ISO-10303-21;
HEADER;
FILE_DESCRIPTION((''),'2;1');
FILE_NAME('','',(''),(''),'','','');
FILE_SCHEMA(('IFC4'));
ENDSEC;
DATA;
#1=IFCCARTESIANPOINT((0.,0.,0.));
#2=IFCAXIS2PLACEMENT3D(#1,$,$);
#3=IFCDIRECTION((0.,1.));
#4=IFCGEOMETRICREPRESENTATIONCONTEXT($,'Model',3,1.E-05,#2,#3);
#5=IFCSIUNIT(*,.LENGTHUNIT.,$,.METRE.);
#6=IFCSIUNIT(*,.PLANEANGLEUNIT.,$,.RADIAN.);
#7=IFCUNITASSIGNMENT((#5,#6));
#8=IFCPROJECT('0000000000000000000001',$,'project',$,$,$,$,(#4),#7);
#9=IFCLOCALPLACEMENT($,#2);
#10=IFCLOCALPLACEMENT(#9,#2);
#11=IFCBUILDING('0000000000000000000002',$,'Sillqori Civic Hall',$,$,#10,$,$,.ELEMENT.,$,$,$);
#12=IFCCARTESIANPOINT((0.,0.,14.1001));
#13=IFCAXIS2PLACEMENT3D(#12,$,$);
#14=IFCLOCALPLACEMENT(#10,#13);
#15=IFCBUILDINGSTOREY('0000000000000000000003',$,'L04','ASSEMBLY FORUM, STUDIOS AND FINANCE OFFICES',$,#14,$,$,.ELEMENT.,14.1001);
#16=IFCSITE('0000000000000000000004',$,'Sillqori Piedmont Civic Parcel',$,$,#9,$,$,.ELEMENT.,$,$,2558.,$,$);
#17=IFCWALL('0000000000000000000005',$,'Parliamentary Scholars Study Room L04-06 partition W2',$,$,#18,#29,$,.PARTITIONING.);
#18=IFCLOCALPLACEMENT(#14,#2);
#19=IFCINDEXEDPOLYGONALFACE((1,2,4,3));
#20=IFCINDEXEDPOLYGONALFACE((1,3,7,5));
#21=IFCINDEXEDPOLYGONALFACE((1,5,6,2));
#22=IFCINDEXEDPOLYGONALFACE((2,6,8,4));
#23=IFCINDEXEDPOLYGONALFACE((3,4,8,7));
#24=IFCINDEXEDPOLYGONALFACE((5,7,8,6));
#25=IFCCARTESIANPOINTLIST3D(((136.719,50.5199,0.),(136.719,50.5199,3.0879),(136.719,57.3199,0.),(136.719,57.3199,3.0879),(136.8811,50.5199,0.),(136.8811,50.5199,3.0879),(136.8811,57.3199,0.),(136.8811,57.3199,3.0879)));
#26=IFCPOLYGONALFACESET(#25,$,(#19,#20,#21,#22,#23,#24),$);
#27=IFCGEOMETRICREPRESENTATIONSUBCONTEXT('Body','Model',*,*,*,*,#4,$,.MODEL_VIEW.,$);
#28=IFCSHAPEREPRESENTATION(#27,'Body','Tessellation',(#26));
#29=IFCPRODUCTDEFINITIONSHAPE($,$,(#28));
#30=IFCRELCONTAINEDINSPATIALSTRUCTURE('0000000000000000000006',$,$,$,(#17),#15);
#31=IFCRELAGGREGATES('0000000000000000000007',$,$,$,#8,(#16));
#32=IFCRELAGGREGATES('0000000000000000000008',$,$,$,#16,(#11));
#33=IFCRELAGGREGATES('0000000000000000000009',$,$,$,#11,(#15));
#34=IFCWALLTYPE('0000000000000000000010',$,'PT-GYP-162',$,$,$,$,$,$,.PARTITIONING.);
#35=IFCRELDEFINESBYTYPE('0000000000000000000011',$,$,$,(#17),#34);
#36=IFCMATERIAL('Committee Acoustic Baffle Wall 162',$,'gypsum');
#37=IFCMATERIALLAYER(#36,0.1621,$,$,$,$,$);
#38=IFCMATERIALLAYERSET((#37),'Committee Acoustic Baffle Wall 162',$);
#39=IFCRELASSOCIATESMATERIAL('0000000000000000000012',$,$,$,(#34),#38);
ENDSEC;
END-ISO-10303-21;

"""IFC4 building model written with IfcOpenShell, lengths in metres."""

from ifc_helpers import new_model, si_unit, direction, frame, frame_2d, origin, place, context, subcontext, project, spatial, rectangle, extrude, material, layer, layer_set, type_object, element, save


model = new_model("IFC4")

# Units and contexts
model_context = context("Model", 3, precision=1e-05, world=origin(), true_north=direction((0.0, 1.0)))
body_context = subcontext(model_context, "Body", "Model", "MODEL_VIEW")
ifc_project = project(units=[si_unit("LENGTHUNIT", "METRE"), si_unit("PLANEANGLEUNIT", "RADIAN")], contexts=[model_context])

# Site, building, storey
site_placement = place(None, origin())
site = spatial("IfcSite", under=ifc_project, at=site_placement, Name="Sillqori Piedmont Civic Parcel", CompositionType="ELEMENT", RefElevation=2558.0)
building_placement = place(site_placement, origin())
building = spatial("IfcBuilding", under=site, at=building_placement, Name="Sillqori Civic Hall", CompositionType="ELEMENT")
storey_placement = place(building_placement, frame((0.0, 0.0, 14.1001)))
storey = spatial("IfcBuildingStorey", under=building, at=storey_placement, Name="L04", Description="ASSEMBLY FORUM, STUDIOS AND FINANCE OFFICES", CompositionType="ELEMENT", Elevation=14.1001)

# Wall
ifc_material_1 = material(Name="Committee Acoustic Baffle Wall 162", Category="gypsum")
ifc_layer_1 = layer(ifc_material_1, 0.1621)
ifc_layer_set_1 = layer_set([ifc_layer_1], Name="Committee Acoustic Baffle Wall 162")
wall_type = type_object("IfcWallType", Name="PT-GYP-162", PredefinedType="PARTITIONING", material=ifc_layer_set_1)
wall_placement = place(storey_placement, frame((136.8, 50.52, 0.0), z_axis=(0.0, 0.0, 1.0), x_axis=(0.0, 1.0, 0.0)))
element("IfcWall", 1, at=wall_placement, inside=storey, type_object=wall_type, Name="Parliamentary Scholars Study Room L04-06 partition W2", PredefinedType="PARTITIONING", context=body_context, shape_type="SweptSolid", body=[
    extrude(rectangle(XDim=6.8, YDim=0.1621, at=frame_2d((3.3999, 0.0))), origin(), (0.0, 0.0, 1.0), 3.0879),
])

save(model, "model.ifc")
